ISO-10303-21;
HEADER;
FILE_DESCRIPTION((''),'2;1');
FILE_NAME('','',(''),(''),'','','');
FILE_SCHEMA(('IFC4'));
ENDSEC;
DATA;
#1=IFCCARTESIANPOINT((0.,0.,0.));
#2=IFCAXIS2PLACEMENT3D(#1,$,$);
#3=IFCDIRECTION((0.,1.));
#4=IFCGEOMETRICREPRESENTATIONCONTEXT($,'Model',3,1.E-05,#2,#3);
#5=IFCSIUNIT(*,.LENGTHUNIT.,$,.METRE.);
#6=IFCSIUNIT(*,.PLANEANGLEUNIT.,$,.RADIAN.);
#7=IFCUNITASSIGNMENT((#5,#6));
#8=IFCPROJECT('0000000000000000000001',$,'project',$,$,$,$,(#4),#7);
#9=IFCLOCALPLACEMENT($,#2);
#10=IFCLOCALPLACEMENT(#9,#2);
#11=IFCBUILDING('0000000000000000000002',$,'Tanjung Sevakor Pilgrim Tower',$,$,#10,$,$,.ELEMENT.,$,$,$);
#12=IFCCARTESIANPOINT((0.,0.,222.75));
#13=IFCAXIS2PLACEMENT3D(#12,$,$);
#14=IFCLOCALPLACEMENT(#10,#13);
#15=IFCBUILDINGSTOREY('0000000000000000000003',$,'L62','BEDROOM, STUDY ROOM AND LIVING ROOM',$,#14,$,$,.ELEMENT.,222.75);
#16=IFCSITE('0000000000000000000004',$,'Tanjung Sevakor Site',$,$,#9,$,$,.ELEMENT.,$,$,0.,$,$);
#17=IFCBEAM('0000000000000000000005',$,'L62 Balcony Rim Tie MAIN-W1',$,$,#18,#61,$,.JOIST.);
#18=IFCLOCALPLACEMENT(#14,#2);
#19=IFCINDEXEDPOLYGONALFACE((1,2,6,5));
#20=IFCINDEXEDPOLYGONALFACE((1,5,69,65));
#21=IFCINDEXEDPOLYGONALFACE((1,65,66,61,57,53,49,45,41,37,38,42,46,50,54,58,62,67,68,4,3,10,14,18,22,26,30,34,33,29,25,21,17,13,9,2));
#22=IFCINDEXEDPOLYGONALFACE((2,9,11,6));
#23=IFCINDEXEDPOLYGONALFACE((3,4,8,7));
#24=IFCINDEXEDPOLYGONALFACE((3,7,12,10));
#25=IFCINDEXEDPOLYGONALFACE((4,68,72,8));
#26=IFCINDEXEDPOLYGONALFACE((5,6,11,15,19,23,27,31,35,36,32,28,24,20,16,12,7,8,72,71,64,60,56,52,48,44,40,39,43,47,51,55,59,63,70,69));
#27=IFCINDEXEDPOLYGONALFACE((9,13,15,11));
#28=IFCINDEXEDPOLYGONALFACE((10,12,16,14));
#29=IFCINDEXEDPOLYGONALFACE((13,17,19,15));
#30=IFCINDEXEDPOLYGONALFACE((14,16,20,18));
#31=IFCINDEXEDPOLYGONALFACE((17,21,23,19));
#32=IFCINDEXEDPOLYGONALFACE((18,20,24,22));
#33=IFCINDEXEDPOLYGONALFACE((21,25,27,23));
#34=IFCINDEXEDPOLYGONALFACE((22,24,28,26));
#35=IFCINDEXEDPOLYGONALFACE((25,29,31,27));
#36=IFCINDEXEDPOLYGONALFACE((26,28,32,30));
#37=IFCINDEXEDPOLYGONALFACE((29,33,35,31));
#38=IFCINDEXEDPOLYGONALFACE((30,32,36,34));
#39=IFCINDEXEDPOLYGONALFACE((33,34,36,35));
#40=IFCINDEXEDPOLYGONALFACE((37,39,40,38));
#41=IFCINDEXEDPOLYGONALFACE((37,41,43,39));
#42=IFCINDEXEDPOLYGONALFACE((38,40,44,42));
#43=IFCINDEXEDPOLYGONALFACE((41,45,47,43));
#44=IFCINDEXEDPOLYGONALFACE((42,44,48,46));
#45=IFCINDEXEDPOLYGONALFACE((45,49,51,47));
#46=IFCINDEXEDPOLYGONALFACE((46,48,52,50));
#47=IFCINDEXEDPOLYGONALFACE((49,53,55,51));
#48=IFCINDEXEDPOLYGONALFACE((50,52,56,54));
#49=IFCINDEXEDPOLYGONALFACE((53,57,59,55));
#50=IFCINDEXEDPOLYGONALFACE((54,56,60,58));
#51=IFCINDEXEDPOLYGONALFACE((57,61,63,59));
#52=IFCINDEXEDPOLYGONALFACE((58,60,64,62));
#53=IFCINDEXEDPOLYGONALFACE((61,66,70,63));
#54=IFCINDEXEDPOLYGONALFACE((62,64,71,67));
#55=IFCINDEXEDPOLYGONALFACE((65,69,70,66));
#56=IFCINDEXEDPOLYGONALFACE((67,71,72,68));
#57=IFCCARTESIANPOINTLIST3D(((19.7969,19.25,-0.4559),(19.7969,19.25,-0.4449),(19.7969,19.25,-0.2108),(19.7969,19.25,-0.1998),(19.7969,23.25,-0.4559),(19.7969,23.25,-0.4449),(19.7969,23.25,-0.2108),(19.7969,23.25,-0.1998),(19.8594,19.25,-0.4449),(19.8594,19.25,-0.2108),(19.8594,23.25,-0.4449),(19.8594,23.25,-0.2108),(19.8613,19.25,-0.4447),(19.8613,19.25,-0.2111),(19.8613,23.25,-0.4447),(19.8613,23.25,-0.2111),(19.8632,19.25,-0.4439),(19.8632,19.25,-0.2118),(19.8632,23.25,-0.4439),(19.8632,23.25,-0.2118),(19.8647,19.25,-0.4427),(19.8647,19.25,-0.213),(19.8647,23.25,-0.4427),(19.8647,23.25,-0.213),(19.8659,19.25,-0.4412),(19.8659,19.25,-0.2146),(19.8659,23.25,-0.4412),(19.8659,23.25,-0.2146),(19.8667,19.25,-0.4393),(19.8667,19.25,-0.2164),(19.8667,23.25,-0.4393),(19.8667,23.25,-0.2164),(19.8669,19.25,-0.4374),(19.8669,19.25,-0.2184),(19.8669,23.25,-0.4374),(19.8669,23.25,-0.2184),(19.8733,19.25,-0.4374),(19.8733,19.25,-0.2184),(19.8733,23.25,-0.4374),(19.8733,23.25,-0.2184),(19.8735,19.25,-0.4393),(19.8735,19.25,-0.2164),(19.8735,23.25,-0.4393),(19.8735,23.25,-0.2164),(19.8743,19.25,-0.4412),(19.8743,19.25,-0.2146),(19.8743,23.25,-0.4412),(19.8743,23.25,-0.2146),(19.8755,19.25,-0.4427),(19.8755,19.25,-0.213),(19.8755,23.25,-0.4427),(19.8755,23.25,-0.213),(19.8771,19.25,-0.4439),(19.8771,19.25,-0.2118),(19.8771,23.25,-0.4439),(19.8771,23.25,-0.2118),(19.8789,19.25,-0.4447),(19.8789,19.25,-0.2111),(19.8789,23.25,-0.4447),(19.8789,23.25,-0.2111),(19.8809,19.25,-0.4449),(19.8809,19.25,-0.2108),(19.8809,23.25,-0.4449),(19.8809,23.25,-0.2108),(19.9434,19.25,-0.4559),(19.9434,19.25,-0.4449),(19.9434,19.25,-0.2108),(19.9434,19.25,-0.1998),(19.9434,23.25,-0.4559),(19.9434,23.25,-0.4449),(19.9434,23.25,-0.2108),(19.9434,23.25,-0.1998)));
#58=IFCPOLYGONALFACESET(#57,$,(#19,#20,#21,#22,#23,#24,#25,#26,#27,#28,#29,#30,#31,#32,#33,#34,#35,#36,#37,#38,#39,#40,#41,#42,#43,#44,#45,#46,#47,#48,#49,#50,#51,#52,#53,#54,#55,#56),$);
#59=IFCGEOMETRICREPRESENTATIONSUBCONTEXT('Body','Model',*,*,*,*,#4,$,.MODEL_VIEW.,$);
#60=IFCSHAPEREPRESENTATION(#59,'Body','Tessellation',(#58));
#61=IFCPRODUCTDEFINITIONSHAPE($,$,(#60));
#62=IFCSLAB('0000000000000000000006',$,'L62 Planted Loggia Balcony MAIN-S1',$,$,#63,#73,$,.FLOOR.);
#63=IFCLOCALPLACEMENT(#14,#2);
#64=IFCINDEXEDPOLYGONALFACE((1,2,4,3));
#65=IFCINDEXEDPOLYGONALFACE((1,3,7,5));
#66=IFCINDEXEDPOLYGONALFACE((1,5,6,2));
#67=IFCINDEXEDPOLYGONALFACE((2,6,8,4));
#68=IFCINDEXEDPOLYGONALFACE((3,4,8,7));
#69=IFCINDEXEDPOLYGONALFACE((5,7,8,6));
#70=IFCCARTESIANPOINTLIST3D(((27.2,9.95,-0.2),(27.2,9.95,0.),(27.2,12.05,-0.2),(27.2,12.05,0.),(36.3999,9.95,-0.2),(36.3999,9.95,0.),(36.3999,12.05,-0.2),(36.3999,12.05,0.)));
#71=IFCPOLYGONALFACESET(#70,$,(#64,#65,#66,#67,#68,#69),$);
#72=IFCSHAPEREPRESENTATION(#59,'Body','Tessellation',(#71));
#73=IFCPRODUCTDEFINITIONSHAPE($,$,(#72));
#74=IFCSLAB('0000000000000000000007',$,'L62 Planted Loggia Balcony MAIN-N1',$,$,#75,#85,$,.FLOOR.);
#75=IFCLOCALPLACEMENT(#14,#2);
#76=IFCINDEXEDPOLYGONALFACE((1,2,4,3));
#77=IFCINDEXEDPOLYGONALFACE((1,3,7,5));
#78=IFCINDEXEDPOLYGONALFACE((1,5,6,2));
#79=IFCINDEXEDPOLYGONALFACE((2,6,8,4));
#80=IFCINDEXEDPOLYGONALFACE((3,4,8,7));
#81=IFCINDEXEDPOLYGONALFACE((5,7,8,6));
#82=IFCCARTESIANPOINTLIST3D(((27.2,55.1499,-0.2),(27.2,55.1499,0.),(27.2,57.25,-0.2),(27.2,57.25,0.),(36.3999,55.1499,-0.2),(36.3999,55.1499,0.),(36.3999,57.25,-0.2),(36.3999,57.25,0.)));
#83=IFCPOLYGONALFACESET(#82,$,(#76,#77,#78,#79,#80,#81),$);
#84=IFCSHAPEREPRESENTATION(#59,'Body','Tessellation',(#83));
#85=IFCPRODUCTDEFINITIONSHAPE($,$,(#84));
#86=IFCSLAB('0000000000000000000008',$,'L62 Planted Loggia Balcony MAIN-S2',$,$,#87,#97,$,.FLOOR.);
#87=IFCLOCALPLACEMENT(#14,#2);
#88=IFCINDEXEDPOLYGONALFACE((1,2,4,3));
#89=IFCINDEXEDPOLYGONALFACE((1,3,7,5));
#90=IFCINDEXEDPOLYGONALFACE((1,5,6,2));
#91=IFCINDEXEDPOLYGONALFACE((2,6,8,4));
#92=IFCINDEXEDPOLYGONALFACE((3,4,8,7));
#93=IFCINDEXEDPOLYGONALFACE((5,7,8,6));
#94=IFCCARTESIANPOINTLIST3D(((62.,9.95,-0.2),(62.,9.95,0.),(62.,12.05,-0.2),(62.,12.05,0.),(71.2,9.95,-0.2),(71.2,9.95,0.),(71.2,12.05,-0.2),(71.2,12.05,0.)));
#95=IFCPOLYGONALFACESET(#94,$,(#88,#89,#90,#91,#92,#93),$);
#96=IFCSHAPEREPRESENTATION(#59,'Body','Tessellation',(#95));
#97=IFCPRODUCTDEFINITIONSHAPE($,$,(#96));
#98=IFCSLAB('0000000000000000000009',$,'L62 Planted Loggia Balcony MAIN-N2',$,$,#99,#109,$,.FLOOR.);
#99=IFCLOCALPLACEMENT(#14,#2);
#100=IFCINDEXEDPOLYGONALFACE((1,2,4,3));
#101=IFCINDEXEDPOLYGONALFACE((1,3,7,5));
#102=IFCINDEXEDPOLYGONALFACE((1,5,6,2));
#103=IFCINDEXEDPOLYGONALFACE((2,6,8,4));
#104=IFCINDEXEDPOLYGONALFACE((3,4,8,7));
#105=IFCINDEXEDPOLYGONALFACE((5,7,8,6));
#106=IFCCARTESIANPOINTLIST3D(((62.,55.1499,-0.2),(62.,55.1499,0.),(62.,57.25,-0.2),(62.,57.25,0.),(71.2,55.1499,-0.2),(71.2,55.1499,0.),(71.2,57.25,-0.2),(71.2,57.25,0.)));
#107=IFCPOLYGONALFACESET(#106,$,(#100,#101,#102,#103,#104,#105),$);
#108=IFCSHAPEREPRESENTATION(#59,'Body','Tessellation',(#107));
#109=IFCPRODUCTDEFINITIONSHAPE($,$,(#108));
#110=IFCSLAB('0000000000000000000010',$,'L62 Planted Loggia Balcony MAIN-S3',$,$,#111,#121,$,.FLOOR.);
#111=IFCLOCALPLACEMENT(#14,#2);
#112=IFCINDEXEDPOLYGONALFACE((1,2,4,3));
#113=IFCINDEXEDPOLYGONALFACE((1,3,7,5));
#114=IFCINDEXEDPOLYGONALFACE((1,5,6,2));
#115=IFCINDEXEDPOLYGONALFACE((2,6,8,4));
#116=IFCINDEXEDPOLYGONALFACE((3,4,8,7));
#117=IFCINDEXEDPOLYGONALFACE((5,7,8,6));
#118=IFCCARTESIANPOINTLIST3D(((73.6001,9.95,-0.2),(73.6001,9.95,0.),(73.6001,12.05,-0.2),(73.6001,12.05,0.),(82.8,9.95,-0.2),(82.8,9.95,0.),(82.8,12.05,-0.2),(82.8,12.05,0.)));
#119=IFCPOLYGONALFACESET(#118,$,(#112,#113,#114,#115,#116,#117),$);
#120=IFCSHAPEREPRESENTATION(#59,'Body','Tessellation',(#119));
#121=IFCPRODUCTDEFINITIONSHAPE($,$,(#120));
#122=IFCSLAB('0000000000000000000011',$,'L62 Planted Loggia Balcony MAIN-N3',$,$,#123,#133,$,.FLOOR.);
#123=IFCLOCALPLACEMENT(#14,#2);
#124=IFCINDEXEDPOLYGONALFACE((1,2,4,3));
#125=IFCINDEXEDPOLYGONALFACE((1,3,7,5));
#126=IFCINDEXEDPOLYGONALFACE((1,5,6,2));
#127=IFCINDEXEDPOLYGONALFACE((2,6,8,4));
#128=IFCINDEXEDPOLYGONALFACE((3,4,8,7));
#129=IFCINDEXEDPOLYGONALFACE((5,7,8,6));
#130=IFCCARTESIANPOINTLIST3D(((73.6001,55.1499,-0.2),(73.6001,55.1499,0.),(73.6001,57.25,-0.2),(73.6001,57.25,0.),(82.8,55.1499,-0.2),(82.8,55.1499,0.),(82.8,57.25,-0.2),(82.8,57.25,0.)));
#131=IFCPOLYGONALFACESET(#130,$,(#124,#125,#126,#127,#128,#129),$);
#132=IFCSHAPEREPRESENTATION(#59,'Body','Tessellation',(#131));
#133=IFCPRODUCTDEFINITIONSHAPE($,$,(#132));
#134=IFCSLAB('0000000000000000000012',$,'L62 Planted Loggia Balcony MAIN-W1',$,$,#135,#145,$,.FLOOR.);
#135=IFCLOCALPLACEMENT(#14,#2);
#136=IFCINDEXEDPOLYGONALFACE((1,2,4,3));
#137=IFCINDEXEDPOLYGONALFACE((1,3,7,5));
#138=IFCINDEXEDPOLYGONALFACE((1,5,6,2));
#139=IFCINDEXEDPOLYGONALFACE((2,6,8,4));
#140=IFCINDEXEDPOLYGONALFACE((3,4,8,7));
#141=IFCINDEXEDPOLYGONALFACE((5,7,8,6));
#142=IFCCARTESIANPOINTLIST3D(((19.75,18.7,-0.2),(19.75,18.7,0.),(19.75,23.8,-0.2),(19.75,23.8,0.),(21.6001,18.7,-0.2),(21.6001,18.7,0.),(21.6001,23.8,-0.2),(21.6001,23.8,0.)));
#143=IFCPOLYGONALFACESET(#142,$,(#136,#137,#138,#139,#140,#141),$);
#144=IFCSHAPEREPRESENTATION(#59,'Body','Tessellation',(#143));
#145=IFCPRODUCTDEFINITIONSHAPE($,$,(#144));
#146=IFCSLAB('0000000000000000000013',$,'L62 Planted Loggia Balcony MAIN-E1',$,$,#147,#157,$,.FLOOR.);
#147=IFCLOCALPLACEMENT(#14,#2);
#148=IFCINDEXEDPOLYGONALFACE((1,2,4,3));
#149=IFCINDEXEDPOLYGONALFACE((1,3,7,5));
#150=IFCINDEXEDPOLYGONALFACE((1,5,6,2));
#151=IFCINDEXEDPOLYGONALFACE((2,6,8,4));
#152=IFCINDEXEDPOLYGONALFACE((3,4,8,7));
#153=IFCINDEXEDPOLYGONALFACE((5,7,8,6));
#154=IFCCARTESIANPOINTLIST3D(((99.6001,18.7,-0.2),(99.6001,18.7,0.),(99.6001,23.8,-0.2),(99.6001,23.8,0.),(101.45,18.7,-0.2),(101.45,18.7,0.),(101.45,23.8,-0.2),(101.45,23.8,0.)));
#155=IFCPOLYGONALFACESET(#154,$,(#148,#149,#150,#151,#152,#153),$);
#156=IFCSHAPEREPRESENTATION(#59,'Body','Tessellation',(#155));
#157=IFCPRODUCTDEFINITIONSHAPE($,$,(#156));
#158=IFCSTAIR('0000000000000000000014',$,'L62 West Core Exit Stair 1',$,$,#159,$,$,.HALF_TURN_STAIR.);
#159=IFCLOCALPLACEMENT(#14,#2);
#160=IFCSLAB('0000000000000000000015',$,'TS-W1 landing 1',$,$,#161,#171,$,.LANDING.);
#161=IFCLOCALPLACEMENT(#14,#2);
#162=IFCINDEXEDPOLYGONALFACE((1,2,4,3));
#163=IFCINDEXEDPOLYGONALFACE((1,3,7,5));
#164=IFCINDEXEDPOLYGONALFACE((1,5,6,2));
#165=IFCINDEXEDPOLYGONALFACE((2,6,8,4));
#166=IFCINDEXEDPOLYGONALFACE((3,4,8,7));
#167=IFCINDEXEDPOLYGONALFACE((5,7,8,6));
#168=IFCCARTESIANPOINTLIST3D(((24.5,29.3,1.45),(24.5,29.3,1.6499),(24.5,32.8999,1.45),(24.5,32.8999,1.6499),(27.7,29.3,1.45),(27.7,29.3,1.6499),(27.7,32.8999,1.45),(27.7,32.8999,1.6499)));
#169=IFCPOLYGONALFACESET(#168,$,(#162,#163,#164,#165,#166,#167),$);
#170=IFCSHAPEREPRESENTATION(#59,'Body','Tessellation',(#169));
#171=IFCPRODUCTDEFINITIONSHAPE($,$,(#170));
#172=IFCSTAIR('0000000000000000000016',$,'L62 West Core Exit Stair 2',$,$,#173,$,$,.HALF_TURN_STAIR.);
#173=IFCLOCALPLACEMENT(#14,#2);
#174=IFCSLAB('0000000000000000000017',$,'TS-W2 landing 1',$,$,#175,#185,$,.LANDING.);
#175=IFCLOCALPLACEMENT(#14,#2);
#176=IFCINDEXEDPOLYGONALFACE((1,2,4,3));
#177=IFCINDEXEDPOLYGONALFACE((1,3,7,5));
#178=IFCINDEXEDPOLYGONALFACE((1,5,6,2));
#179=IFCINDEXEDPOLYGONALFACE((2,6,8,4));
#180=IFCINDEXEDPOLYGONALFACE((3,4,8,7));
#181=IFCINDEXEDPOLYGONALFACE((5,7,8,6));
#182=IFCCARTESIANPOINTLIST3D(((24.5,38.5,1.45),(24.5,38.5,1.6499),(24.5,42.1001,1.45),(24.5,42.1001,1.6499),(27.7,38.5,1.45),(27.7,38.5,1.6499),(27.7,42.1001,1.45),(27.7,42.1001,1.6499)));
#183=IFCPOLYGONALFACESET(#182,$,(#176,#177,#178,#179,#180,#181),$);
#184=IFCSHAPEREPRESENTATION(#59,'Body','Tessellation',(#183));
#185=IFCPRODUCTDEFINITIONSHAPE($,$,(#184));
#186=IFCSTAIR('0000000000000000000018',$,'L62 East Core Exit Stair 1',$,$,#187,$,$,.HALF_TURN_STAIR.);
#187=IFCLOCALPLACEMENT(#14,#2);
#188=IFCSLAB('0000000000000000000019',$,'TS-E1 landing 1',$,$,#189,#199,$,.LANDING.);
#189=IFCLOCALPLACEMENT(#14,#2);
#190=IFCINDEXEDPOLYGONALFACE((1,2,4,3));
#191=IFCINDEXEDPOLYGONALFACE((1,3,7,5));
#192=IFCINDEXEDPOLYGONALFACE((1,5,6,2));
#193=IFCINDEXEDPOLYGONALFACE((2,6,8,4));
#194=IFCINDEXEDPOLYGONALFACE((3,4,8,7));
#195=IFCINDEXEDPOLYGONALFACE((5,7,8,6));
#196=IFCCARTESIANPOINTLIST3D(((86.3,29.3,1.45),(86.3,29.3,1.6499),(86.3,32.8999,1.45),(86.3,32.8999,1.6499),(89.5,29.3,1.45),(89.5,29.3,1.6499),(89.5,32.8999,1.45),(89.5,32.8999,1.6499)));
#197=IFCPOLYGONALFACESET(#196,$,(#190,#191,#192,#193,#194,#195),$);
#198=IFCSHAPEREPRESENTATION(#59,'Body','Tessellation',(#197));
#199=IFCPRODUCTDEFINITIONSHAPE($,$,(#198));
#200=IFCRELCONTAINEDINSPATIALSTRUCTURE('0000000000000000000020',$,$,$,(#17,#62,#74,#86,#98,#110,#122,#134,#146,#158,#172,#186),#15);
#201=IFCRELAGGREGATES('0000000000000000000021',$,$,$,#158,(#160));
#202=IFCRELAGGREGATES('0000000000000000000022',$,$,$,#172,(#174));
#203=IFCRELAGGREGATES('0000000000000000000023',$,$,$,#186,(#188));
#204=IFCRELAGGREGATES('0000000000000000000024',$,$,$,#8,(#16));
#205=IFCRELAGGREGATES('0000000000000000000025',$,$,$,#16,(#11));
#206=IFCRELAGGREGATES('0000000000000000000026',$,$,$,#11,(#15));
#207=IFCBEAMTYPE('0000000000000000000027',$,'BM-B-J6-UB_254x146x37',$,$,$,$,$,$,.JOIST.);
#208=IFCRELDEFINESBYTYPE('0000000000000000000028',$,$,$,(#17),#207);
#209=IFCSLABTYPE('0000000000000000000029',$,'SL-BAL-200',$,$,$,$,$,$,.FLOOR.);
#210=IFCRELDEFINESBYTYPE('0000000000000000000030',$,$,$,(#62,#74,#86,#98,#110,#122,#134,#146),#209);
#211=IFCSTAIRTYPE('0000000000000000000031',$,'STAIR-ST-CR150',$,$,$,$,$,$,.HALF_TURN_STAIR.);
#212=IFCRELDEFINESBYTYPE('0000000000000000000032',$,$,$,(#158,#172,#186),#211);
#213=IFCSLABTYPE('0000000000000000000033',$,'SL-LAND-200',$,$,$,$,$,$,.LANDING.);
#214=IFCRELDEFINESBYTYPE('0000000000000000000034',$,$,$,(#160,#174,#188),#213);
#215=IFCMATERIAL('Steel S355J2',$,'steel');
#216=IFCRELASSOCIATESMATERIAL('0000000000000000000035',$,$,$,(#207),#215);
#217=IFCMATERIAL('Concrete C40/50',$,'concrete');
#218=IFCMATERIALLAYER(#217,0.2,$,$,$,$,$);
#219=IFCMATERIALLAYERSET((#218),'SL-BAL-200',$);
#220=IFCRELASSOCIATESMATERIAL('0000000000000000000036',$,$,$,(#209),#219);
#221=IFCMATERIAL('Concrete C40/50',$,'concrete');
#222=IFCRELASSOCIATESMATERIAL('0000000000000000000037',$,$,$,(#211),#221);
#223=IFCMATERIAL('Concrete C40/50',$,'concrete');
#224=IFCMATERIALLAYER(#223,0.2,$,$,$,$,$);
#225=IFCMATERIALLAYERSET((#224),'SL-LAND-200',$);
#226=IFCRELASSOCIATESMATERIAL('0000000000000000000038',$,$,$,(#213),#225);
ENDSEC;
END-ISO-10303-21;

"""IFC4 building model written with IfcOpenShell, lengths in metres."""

from ifc_helpers import new_model, si_unit, direction, frame, origin, origin_2d, place, context, subcontext, project, spatial, polyline, i_section, outline, extrude, material, layer, layer_set, material_profile, profile_set, type_object, element, aggregate, save


model = new_model("IFC4")

# Units and contexts
model_context = context("Model", 3, precision=1e-05, world=origin(), true_north=direction((0.0, 1.0)))
body_context = subcontext(model_context, "Body", "Model", "MODEL_VIEW")
ifc_project = project(units=[si_unit("LENGTHUNIT", "METRE"), si_unit("PLANEANGLEUNIT", "RADIAN")], contexts=[model_context])

# Site, building, storey
site_placement = place(None, origin())
site = spatial("IfcSite", under=ifc_project, at=site_placement, Name="Tanjung Sevakor Site", CompositionType="ELEMENT", RefElevation=0.0)
building_placement = place(site_placement, origin())
building = spatial("IfcBuilding", under=site, at=building_placement, Name="Tanjung Sevakor Pilgrim Tower", CompositionType="ELEMENT")
storey_placement = place(building_placement, frame((0.0, 0.0, 222.75)))
storey = spatial("IfcBuildingStorey", under=building, at=storey_placement, Name="L62", Description="BEDROOM, STUDY ROOM AND LIVING ROOM", CompositionType="ELEMENT", Elevation=222.75)

# Beam
ifc_material_1 = material(Name="Steel S355J2", Category="steel")
ifc_material_profile = material_profile(ifc_material_1, i_section(OverallWidth=0.1465, OverallDepth=0.2561, WebThickness=0.0063, FlangeThickness=0.011, FilletRadius=0.0076, at=origin_2d()))
ifc_profile_set = profile_set([ifc_material_profile], Name="Steel S355J2")
beam_type = type_object("IfcBeamType", Name="BM-B-J6-UB_254x146x37", PredefinedType="JOIST", material=ifc_profile_set)
beam_placement = place(storey_placement, frame((19.8701, 19.25, -0.3279), z_axis=(0.0, 1.0, 0.0), x_axis=(-1.0, 0.0, 0.0)))
element("IfcBeam", 1, at=beam_placement, inside=storey, type_object=beam_type, Name="L62 Balcony Rim Tie MAIN-W1", PredefinedType="JOIST", context=body_context, shape_type="SweptSolid", body=[
    extrude(i_section(OverallWidth=0.1465, OverallDepth=0.2561, WebThickness=0.0063, FlangeThickness=0.011, FilletRadius=0.0076, at=origin_2d()), origin(), (0.0, 0.0, 1.0), 4.0),
])

# Slabs
ifc_material_2 = material(Name="Concrete C40/50", Category="concrete")
ifc_layer_1 = layer(ifc_material_2, 0.2)
ifc_layer_set_1 = layer_set([ifc_layer_1], Name="SL-BAL-200")
slab_type_1 = type_object("IfcSlabType", Name="SL-BAL-200", PredefinedType="FLOOR", material=ifc_layer_set_1)
slab_1_placement = place(storey_placement, frame((0.0, 0.0, -0.2)))
element("IfcSlab", 2, at=slab_1_placement, inside=storey, type_object=slab_type_1, Name="L62 Planted Loggia Balcony MAIN-S1", PredefinedType="FLOOR", context=body_context, shape_type="SweptSolid", body=[
    extrude(outline(polyline([(27.2, 9.95), (36.3999, 9.95), (36.3999, 12.05), (27.2, 12.05), (27.2, 9.95)])), origin(), (0.0, 0.0, 1.0), 0.2),
])
slab_2_placement = place(storey_placement, frame((0.0, 0.0, -0.2)))
element("IfcSlab", 3, at=slab_2_placement, inside=storey, type_object=slab_type_1, Name="L62 Planted Loggia Balcony MAIN-N1", PredefinedType="FLOOR", context=body_context, shape_type="SweptSolid", body=[
    extrude(outline(polyline([(27.2, 55.1499), (36.3999, 55.1499), (36.3999, 57.25), (27.2, 57.25), (27.2, 55.1499)])), origin(), (0.0, 0.0, 1.0), 0.2),
])
slab_3_placement = place(storey_placement, frame((0.0, 0.0, -0.2)))
element("IfcSlab", 4, at=slab_3_placement, inside=storey, type_object=slab_type_1, Name="L62 Planted Loggia Balcony MAIN-S2", PredefinedType="FLOOR", context=body_context, shape_type="SweptSolid", body=[
    extrude(outline(polyline([(62.0, 9.95), (71.2, 9.95), (71.2, 12.05), (62.0, 12.05), (62.0, 9.95)])), origin(), (0.0, 0.0, 1.0), 0.2),
])
slab_4_placement = place(storey_placement, frame((0.0, 0.0, -0.2)))
element("IfcSlab", 5, at=slab_4_placement, inside=storey, type_object=slab_type_1, Name="L62 Planted Loggia Balcony MAIN-N2", PredefinedType="FLOOR", context=body_context, shape_type="SweptSolid", body=[
    extrude(outline(polyline([(62.0, 55.1499), (71.2, 55.1499), (71.2, 57.25), (62.0, 57.25), (62.0, 55.1499)])), origin(), (0.0, 0.0, 1.0), 0.2),
])
slab_5_placement = place(storey_placement, frame((0.0, 0.0, -0.2)))
element("IfcSlab", 6, at=slab_5_placement, inside=storey, type_object=slab_type_1, Name="L62 Planted Loggia Balcony MAIN-S3", PredefinedType="FLOOR", context=body_context, shape_type="SweptSolid", body=[
    extrude(outline(polyline([(73.6001, 9.95), (82.8, 9.95), (82.8, 12.05), (73.6001, 12.05), (73.6001, 9.95)])), origin(), (0.0, 0.0, 1.0), 0.2),
])
slab_6_placement = place(storey_placement, frame((0.0, 0.0, -0.2)))
element("IfcSlab", 7, at=slab_6_placement, inside=storey, type_object=slab_type_1, Name="L62 Planted Loggia Balcony MAIN-N3", PredefinedType="FLOOR", context=body_context, shape_type="SweptSolid", body=[
    extrude(outline(polyline([(73.6001, 55.1499), (82.8, 55.1499), (82.8, 57.25), (73.6001, 57.25), (73.6001, 55.1499)])), origin(), (0.0, 0.0, 1.0), 0.2),
])
slab_7_placement = place(storey_placement, frame((0.0, 0.0, -0.2)))
element("IfcSlab", 8, at=slab_7_placement, inside=storey, type_object=slab_type_1, Name="L62 Planted Loggia Balcony MAIN-W1", PredefinedType="FLOOR", context=body_context, shape_type="SweptSolid", body=[
    extrude(outline(polyline([(19.75, 18.7), (21.6001, 18.7), (21.6001, 23.8), (19.75, 23.8), (19.75, 18.7)])), origin(), (0.0, 0.0, 1.0), 0.2),
])
slab_8_placement = place(storey_placement, frame((0.0, 0.0, -0.2)))
element("IfcSlab", 9, at=slab_8_placement, inside=storey, type_object=slab_type_1, Name="L62 Planted Loggia Balcony MAIN-E1", PredefinedType="FLOOR", context=body_context, shape_type="SweptSolid", body=[
    extrude(outline(polyline([(99.6001, 18.7), (101.45, 18.7), (101.45, 23.8), (99.6001, 23.8), (99.6001, 18.7)])), origin(), (0.0, 0.0, 1.0), 0.2),
])

# Stairs, slabs
ifc_material_3 = material(Name="Concrete C40/50", Category="concrete")
stair_type = type_object("IfcStairType", Name="STAIR-ST-CR150", PredefinedType="HALF_TURN_STAIR", material=ifc_material_3)
stair_1_placement = place(storey_placement, origin())
stair_1 = element("IfcStair", 10, at=stair_1_placement, inside=storey, type_object=stair_type, Name="L62 West Core Exit Stair 1", PredefinedType="HALF_TURN_STAIR")
ifc_material_4 = material(Name="Concrete C40/50", Category="concrete")
ifc_layer_2 = layer(ifc_material_4, 0.2)
ifc_layer_set_2 = layer_set([ifc_layer_2], Name="SL-LAND-200")
slab_type_2 = type_object("IfcSlabType", Name="SL-LAND-200", PredefinedType="LANDING", material=ifc_layer_set_2)
slab_9_placement = place(storey_placement, frame((0.0, 0.0, 1.45)))
slab_9 = element("IfcSlab", 11, at=slab_9_placement, type_object=slab_type_2, Name="TS-W1 landing 1", PredefinedType="LANDING", context=body_context, shape_type="SweptSolid", body=[
    extrude(outline(polyline([(27.7, 29.3), (27.7, 32.8999), (24.5, 32.8999), (24.5, 29.3), (27.7, 29.3)])), origin(), (0.0, 0.0, 1.0), 0.2),
])
aggregate(stair_1, [slab_9])
stair_2_placement = place(storey_placement, origin())
stair_2 = element("IfcStair", 12, at=stair_2_placement, inside=storey, type_object=stair_type, Name="L62 West Core Exit Stair 2", PredefinedType="HALF_TURN_STAIR")
slab_10_placement = place(storey_placement, frame((0.0, 0.0, 1.45)))
slab_10 = element("IfcSlab", 13, at=slab_10_placement, type_object=slab_type_2, Name="TS-W2 landing 1", PredefinedType="LANDING", context=body_context, shape_type="SweptSolid", body=[
    extrude(outline(polyline([(27.7, 38.5), (27.7, 42.1001), (24.5, 42.1001), (24.5, 38.5), (27.7, 38.5)])), origin(), (0.0, 0.0, 1.0), 0.2),
])
aggregate(stair_2, [slab_10])
stair_3_placement = place(storey_placement, origin())
stair_3 = element("IfcStair", 14, at=stair_3_placement, inside=storey, type_object=stair_type, Name="L62 East Core Exit Stair 1", PredefinedType="HALF_TURN_STAIR")
slab_11_placement = place(storey_placement, frame((0.0, 0.0, 1.45)))
slab_11 = element("IfcSlab", 15, at=slab_11_placement, type_object=slab_type_2, Name="TS-E1 landing 1", PredefinedType="LANDING", context=body_context, shape_type="SweptSolid", body=[
    extrude(outline(polyline([(89.5, 29.3), (89.5, 32.8999), (86.3, 32.8999), (86.3, 29.3), (89.5, 29.3)])), origin(), (0.0, 0.0, 1.0), 0.2),
])
aggregate(stair_3, [slab_11])

save(model, "model.ifc")
